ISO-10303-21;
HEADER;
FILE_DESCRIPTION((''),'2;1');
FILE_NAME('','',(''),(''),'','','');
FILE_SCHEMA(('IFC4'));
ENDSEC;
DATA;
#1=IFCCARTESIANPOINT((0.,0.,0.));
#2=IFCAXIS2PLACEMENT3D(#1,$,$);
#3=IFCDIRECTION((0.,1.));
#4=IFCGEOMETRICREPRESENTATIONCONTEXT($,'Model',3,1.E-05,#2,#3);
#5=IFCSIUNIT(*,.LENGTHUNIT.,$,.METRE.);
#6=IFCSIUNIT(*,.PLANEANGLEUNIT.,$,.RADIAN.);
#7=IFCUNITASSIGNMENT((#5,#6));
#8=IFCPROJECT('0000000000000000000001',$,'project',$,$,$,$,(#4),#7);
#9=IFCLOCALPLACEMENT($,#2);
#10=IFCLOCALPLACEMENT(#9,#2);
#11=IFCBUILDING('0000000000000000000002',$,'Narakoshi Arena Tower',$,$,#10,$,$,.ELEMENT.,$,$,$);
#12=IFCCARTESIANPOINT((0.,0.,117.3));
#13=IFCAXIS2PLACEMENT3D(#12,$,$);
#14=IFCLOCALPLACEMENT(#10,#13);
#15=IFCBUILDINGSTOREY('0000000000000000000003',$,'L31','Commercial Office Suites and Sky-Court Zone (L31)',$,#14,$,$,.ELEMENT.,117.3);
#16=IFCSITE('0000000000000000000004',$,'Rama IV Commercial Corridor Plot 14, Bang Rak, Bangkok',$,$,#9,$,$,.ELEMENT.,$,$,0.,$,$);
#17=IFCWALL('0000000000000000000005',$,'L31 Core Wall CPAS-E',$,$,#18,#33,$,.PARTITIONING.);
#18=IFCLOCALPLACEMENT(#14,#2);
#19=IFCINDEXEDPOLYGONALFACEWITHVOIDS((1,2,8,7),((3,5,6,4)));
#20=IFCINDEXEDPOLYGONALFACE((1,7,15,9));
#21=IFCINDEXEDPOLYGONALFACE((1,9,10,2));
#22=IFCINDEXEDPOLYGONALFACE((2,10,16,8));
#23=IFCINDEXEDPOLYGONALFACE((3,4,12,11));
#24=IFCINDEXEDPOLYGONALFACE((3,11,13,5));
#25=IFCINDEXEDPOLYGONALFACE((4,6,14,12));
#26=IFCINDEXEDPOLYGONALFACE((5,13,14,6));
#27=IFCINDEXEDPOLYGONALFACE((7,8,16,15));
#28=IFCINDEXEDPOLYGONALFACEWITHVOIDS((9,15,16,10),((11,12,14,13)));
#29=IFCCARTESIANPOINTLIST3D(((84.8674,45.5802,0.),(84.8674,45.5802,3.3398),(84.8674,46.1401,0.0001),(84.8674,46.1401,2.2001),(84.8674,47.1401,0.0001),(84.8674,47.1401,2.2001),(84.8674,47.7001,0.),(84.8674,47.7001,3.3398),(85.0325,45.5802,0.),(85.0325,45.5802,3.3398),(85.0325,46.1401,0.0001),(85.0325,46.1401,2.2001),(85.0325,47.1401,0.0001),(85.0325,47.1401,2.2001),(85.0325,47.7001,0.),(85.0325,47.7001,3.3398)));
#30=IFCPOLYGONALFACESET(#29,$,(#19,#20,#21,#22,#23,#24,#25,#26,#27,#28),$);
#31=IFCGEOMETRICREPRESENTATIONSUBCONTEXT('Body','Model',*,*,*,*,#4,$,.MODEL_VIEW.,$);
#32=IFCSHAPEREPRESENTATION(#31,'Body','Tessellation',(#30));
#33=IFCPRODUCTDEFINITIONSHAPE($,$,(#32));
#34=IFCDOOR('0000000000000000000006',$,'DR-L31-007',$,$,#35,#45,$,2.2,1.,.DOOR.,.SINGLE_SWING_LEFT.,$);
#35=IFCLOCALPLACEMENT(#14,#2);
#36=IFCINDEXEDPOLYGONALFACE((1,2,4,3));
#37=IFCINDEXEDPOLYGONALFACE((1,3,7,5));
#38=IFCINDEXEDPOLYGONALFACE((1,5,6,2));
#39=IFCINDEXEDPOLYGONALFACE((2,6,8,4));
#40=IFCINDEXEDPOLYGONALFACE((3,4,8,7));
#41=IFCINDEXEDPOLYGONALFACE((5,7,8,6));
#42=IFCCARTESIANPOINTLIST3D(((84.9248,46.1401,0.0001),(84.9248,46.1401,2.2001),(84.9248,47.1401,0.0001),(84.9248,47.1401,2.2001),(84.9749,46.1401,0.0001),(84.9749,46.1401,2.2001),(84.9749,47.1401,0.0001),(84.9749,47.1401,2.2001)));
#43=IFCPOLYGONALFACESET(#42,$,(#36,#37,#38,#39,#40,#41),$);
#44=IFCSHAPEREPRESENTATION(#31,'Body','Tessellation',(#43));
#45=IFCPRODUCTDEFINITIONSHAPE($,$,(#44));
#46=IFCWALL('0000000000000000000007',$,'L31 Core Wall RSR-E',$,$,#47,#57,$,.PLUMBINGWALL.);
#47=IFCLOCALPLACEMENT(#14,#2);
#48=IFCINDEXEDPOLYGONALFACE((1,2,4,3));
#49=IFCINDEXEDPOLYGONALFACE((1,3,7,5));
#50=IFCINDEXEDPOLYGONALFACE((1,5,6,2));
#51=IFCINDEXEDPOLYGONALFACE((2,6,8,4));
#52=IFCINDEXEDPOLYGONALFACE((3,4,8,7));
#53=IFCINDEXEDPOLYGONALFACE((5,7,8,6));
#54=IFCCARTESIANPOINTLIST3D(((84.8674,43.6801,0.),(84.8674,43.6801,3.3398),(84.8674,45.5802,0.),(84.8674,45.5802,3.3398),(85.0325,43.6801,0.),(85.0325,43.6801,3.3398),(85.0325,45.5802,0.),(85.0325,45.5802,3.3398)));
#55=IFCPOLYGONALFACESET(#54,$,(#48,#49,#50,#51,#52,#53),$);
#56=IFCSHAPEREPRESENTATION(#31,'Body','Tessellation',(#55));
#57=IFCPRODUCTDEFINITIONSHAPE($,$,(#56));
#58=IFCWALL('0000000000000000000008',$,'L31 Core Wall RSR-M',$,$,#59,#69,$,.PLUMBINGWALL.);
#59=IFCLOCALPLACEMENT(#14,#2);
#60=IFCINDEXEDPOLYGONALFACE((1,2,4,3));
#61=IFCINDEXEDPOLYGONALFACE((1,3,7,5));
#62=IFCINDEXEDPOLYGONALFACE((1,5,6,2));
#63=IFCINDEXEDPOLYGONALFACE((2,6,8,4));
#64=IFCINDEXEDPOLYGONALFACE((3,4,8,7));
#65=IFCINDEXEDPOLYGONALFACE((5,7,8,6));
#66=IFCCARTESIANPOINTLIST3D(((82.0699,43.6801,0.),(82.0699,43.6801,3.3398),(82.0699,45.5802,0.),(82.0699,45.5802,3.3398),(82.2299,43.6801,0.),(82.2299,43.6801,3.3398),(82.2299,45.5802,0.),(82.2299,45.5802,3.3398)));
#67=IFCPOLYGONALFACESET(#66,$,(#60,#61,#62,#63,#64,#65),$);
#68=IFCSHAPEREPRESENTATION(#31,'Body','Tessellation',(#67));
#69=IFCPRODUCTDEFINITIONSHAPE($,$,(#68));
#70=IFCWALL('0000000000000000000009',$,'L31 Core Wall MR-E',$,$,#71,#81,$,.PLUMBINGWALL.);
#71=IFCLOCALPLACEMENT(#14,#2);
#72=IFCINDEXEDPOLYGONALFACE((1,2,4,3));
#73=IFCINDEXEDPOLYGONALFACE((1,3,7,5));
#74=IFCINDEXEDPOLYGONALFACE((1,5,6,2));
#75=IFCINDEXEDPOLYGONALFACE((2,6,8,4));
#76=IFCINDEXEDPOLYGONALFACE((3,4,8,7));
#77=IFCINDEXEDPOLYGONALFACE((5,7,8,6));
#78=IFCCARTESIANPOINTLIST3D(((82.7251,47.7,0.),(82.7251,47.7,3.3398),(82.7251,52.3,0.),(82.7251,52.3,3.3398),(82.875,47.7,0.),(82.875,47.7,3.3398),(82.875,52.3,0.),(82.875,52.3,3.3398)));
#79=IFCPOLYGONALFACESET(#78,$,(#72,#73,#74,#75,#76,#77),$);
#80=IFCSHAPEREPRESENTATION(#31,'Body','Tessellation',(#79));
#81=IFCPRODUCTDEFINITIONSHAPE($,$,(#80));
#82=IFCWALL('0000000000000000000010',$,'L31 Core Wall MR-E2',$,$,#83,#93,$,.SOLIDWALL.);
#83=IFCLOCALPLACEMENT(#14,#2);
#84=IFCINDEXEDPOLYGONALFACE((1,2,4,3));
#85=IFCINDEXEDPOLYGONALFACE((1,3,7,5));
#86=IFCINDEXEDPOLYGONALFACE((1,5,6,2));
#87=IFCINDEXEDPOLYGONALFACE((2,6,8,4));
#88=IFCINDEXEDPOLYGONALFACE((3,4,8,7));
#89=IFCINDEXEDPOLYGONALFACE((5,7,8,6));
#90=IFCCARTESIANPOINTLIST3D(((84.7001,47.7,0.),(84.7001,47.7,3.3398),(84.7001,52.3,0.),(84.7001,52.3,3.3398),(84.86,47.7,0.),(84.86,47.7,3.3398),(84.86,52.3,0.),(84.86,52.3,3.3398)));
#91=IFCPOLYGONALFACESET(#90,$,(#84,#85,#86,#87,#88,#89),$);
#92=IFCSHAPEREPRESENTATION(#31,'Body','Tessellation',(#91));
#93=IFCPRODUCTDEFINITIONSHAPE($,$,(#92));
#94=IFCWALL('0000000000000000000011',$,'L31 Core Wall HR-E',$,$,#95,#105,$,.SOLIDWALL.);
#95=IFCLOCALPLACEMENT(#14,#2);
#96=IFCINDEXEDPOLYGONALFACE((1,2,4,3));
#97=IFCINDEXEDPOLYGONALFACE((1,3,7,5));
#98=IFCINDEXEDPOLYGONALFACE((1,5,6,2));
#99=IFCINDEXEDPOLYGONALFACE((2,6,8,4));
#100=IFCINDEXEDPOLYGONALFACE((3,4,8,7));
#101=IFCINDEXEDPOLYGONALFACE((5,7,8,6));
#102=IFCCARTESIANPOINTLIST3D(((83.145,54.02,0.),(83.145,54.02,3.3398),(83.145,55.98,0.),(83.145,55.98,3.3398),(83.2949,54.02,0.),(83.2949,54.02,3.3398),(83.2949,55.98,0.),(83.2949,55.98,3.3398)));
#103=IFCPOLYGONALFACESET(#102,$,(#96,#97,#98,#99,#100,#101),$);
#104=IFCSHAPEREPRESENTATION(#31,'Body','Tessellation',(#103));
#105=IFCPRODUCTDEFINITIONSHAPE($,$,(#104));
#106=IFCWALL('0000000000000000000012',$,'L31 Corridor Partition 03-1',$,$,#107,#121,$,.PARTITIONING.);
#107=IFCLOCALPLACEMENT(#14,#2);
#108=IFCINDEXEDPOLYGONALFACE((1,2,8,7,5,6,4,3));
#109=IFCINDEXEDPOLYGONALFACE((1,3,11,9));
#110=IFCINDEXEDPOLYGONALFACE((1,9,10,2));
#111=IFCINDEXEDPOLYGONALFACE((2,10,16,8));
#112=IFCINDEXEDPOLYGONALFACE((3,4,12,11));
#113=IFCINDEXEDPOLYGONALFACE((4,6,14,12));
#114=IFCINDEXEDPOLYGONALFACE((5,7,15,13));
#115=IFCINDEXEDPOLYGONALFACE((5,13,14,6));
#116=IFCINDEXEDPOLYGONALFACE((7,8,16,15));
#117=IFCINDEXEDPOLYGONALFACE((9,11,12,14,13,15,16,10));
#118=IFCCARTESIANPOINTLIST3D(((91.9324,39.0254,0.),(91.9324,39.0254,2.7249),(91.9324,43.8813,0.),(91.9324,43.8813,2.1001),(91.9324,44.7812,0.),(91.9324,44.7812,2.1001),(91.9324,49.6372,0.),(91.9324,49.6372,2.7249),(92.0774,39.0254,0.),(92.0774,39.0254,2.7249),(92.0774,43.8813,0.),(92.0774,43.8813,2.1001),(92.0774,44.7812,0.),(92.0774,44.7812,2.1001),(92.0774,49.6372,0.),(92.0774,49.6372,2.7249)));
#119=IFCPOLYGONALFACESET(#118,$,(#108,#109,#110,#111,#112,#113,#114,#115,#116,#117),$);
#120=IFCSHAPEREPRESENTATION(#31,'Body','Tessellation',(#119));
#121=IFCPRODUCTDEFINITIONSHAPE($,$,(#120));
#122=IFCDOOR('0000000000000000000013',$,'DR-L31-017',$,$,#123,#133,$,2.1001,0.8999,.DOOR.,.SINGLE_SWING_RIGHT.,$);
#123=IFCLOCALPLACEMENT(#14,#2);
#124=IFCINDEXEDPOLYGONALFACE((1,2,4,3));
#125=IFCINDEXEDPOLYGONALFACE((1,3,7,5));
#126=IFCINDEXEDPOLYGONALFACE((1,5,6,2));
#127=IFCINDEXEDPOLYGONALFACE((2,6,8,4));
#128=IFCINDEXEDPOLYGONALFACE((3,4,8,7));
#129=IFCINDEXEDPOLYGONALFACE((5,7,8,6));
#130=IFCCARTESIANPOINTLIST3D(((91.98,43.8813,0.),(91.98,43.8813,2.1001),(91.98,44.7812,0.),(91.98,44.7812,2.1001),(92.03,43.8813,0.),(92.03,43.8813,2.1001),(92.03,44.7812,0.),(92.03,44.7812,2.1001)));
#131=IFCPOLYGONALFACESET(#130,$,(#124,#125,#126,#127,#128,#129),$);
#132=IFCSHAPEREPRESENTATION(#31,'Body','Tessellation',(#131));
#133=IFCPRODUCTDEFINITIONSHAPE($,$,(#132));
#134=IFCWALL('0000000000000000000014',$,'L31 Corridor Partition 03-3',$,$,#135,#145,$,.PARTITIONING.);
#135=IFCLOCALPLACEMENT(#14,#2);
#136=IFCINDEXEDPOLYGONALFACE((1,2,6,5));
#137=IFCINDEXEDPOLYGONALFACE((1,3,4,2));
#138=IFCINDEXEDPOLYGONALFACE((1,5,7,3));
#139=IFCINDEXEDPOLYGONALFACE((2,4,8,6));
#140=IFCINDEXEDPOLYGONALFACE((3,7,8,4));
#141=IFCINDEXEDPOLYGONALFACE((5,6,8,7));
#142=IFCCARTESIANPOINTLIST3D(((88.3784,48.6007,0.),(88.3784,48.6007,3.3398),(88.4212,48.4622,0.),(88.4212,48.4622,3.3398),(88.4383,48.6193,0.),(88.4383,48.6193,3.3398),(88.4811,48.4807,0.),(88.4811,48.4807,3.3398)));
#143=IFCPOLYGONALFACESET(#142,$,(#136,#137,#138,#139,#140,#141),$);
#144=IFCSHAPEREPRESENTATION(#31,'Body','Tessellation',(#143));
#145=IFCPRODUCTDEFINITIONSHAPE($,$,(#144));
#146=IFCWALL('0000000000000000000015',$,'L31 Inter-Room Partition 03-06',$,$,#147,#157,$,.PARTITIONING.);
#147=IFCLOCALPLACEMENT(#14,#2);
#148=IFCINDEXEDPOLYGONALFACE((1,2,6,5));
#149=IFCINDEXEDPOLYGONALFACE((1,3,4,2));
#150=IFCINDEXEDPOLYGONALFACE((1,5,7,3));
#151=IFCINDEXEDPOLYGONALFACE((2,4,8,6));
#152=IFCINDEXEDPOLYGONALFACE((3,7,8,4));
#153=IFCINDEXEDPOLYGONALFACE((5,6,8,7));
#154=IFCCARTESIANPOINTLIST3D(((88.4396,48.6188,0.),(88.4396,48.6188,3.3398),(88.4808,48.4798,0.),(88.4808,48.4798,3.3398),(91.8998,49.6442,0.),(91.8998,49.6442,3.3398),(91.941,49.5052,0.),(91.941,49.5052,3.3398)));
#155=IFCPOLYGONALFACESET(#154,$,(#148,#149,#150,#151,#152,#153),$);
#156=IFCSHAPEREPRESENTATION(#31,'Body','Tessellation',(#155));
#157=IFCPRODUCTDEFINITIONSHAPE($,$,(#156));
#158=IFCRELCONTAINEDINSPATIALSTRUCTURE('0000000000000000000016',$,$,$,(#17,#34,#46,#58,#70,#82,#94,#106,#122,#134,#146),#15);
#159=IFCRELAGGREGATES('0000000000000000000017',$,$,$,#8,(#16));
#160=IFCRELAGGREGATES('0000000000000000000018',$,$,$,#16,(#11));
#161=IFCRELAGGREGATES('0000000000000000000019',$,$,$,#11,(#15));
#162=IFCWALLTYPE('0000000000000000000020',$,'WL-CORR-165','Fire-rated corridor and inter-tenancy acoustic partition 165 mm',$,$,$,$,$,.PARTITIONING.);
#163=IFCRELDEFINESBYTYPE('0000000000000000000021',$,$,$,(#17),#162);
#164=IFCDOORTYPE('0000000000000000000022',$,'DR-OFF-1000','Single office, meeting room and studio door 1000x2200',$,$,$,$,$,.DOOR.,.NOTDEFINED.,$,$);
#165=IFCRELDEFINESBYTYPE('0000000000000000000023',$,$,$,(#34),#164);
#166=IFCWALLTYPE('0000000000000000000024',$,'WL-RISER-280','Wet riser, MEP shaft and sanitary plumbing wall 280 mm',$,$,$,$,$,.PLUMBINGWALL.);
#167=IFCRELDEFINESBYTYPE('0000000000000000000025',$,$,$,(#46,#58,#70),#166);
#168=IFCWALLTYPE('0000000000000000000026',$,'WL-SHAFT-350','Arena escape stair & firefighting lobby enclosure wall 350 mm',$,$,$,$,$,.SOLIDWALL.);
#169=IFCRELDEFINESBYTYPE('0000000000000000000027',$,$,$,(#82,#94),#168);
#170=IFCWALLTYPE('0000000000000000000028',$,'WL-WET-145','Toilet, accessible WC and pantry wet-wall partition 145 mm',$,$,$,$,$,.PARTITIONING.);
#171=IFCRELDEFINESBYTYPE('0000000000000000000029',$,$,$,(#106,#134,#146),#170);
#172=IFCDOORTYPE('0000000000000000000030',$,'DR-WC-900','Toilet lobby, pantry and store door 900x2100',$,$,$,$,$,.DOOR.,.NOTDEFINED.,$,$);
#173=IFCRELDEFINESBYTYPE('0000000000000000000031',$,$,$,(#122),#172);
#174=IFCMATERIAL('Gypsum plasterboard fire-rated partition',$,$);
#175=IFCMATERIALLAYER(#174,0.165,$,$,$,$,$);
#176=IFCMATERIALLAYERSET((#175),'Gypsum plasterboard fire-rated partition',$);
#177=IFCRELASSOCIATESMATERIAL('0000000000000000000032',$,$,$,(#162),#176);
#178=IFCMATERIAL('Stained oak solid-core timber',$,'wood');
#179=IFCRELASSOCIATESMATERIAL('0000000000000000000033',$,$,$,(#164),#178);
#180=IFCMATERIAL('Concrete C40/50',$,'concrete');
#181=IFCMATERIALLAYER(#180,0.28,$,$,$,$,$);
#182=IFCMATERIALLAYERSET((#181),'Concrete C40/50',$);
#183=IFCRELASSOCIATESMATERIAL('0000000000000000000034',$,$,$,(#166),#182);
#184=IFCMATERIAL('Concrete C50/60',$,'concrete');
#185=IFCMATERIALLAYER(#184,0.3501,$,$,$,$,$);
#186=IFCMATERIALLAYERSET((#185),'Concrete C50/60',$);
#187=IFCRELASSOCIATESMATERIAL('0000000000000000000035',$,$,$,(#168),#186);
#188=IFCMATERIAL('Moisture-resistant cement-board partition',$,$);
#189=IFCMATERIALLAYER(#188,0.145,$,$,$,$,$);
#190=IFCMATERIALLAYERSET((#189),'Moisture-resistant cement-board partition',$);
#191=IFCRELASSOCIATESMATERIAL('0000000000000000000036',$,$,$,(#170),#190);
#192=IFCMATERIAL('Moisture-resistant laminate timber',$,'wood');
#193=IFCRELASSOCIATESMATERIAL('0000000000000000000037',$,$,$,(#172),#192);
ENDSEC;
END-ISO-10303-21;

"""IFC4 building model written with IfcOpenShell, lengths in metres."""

from ifc_helpers import new_model, si_unit, direction, frame, frame_2d, origin, place, context, subcontext, project, spatial, rectangle, extrude, material, layer, layer_set, type_object, element, fill, save


model = new_model("IFC4")

# Units and contexts
model_context = context("Model", 3, precision=1e-05, world=origin(), true_north=direction((0.0, 1.0)))
body_context = subcontext(model_context, "Body", "Model", "MODEL_VIEW")
ifc_project = project(units=[si_unit("LENGTHUNIT", "METRE"), si_unit("PLANEANGLEUNIT", "RADIAN")], contexts=[model_context])

# Site, building, storey
site_placement = place(None, origin())
site = spatial("IfcSite", under=ifc_project, at=site_placement, Name="Rama IV Commercial Corridor Plot 14, Bang Rak, Bangkok", CompositionType="ELEMENT", RefElevation=0.0)
building_placement = place(site_placement, origin())
building = spatial("IfcBuilding", under=site, at=building_placement, Name="Narakoshi Arena Tower", CompositionType="ELEMENT")
storey_placement = place(building_placement, frame((0.0, 0.0, 117.3)))
storey = spatial("IfcBuildingStorey", under=building, at=storey_placement, Name="L31", Description="Commercial Office Suites and Sky-Court Zone (L31)", CompositionType="ELEMENT", Elevation=117.3)

# Wall, opening, door
ifc_material_1 = material(Name="Gypsum plasterboard fire-rated partition")
ifc_layer_1 = layer(ifc_material_1, 0.165)
ifc_layer_set_1 = layer_set([ifc_layer_1], Name="Gypsum plasterboard fire-rated partition")
wall_type_1 = type_object("IfcWallType", Name="WL-CORR-165", Description="Fire-rated corridor and inter-tenancy acoustic partition 165 mm", PredefinedType="PARTITIONING", material=ifc_layer_set_1)
wall_1_placement = place(storey_placement, frame((84.95, 45.5801, 0.0), z_axis=(0.0, 0.0, 1.0), x_axis=(0.0, 1.0, 0.0)))
wall_1 = element("IfcWall", 1, at=wall_1_placement, inside=storey, type_object=wall_type_1, Name="L31 Core Wall CPAS-E", PredefinedType="PARTITIONING", context=body_context, shape_type="SweptSolid", body=[
    extrude(rectangle(XDim=2.1199, YDim=0.165, at=frame_2d((1.0601, 0.0))), origin(), (0.0, 0.0, 1.0), 3.3398),
])
opening_1_placement = place(wall_1_placement, frame((0.5601, 0.0, 0.0)))
opening_1 = element("IfcOpeningElement", 2, at=opening_1_placement, cuts=wall_1, PredefinedType="OPENING", context=body_context, shape_type="SweptSolid", body=[
    extrude(rectangle(XDim=1.0, YDim=2.2, at=frame_2d((0.5, 1.1001))), frame((0.0, 0.0925, 0.0), z_axis=(0.0, -1.0, 0.0), x_axis=(1.0, 0.0, 0.0)), (0.0, 0.0, 1.0), 0.1851),
])
ifc_material_2 = material(Name="Stained oak solid-core timber", Category="wood")
door_type_1 = type_object("IfcDoorType", Name="DR-OFF-1000", Description="Single office, meeting room and studio door 1000x2200", OperationType="NOTDEFINED", PredefinedType="DOOR", material=ifc_material_2)
door_1_placement = place(opening_1_placement, frame((1.0, 0.0, 0.0), z_axis=(0.0, 0.0, 1.0), x_axis=(-1.0, 0.0, 0.0)))
door_1 = element("IfcDoor", 3, at=door_1_placement, inside=storey, type_object=door_type_1, Name="DR-L31-007", OperationType="SINGLE_SWING_LEFT", OverallHeight=2.2, OverallWidth=1.0, PredefinedType="DOOR", context=body_context, shape_type="SweptSolid", body=[
    extrude(rectangle(XDim=1.0, YDim=2.2, at=frame_2d((0.5, 1.1001))), frame((0.0, 0.0249, 0.0), z_axis=(0.0, -1.0, 0.0), x_axis=(1.0, 0.0, 0.0)), (0.0, 0.0, 1.0), 0.05),
])
fill(opening_1, door_1)

# Walls
ifc_material_3 = material(Name="Concrete C40/50", Category="concrete")
ifc_layer_2 = layer(ifc_material_3, 0.28)
ifc_layer_set_2 = layer_set([ifc_layer_2], Name="Concrete C40/50")
wall_type_2 = type_object("IfcWallType", Name="WL-RISER-280", Description="Wet riser, MEP shaft and sanitary plumbing wall 280 mm", PredefinedType="PLUMBINGWALL", material=ifc_layer_set_2)
wall_2_placement = place(storey_placement, frame((84.95, 43.6799, 0.0), z_axis=(0.0, 0.0, 1.0), x_axis=(0.0, 1.0, 0.0)))
element("IfcWall", 4, at=wall_2_placement, inside=storey, type_object=wall_type_2, Name="L31 Core Wall RSR-E", PredefinedType="PLUMBINGWALL", context=body_context, shape_type="SweptSolid", body=[
    extrude(rectangle(XDim=1.9001, YDim=0.165, at=frame_2d((0.9502, 0.0))), origin(), (0.0, 0.0, 1.0), 3.3398),
])
wall_3_placement = place(storey_placement, frame((82.1499, 43.6799, 0.0), z_axis=(0.0, 0.0, 1.0), x_axis=(0.0, 1.0, 0.0)))
element("IfcWall", 5, at=wall_3_placement, inside=storey, type_object=wall_type_2, Name="L31 Core Wall RSR-M", PredefinedType="PLUMBINGWALL", context=body_context, shape_type="SweptSolid", body=[
    extrude(rectangle(XDim=1.9001, YDim=0.1599, at=frame_2d((0.9502, 0.0))), origin(), (0.0, 0.0, 1.0), 3.3398),
])
wall_4_placement = place(storey_placement, frame((82.8, 47.7, 0.0), z_axis=(0.0, 0.0, 1.0), x_axis=(0.0, 1.0, 0.0)))
element("IfcWall", 6, at=wall_4_placement, inside=storey, type_object=wall_type_2, Name="L31 Core Wall MR-E", PredefinedType="PLUMBINGWALL", context=body_context, shape_type="SweptSolid", body=[
    extrude(rectangle(XDim=4.6001, YDim=0.1499, at=frame_2d((2.3, 0.0))), origin(), (0.0, 0.0, 1.0), 3.3398),
])
ifc_material_4 = material(Name="Concrete C50/60", Category="concrete")
ifc_layer_3 = layer(ifc_material_4, 0.3501)
ifc_layer_set_3 = layer_set([ifc_layer_3], Name="Concrete C50/60")
wall_type_3 = type_object("IfcWallType", Name="WL-SHAFT-350", Description="Arena escape stair & firefighting lobby enclosure wall 350 mm", PredefinedType="SOLIDWALL", material=ifc_layer_set_3)
wall_5_placement = place(storey_placement, frame((84.78, 47.7, 0.0), z_axis=(0.0, 0.0, 1.0), x_axis=(0.0, 1.0, 0.0)))
element("IfcWall", 7, at=wall_5_placement, inside=storey, type_object=wall_type_3, Name="L31 Core Wall MR-E2", PredefinedType="SOLIDWALL", context=body_context, shape_type="SweptSolid", body=[
    extrude(rectangle(XDim=4.6001, YDim=0.1599, at=frame_2d((2.3, 0.0))), origin(), (0.0, 0.0, 1.0), 3.3398),
])
wall_6_placement = place(storey_placement, frame((83.22, 54.02, 0.0), z_axis=(0.0, 0.0, 1.0), x_axis=(0.0, 1.0, 0.0)))
element("IfcWall", 8, at=wall_6_placement, inside=storey, type_object=wall_type_3, Name="L31 Core Wall HR-E", PredefinedType="SOLIDWALL", context=body_context, shape_type="SweptSolid", body=[
    extrude(rectangle(XDim=1.96, YDim=0.1499, at=frame_2d((0.98, 0.0))), origin(), (0.0, 0.0, 1.0), 3.3398),
])

# Wall, opening, door
ifc_material_5 = material(Name="Moisture-resistant cement-board partition")
ifc_layer_4 = layer(ifc_material_5, 0.145)
ifc_layer_set_4 = layer_set([ifc_layer_4], Name="Moisture-resistant cement-board partition")
wall_type_4 = type_object("IfcWallType", Name="WL-WET-145", Description="Toilet, accessible WC and pantry wet-wall partition 145 mm", PredefinedType="PARTITIONING", material=ifc_layer_set_4)
wall_7_placement = place(storey_placement, frame((92.0049, 49.6372, 0.0), z_axis=(0.0, 0.0, 1.0), x_axis=(0.0, -1.0, 0.0)))
wall_7 = element("IfcWall", 9, at=wall_7_placement, inside=storey, type_object=wall_type_4, Name="L31 Corridor Partition 03-1", PredefinedType="PARTITIONING", context=body_context, shape_type="SweptSolid", body=[
    extrude(rectangle(XDim=10.6118, YDim=0.145, at=frame_2d((5.3059, 0.0))), origin(), (0.0, 0.0, 1.0), 2.7249),
])
opening_2_placement = place(wall_7_placement, frame((4.856, 0.0, 0.0)))
opening_2 = element("IfcOpeningElement", 10, at=opening_2_placement, cuts=wall_7, PredefinedType="OPENING", context=body_context, shape_type="SweptSolid", body=[
    extrude(rectangle(XDim=0.8999, YDim=2.1001, at=frame_2d((0.45, 1.05))), frame((0.0, 0.0825, 0.0), z_axis=(0.0, -1.0, 0.0), x_axis=(1.0, 0.0, 0.0)), (0.0, 0.0, 1.0), 0.165),
])
ifc_material_6 = material(Name="Moisture-resistant laminate timber", Category="wood")
door_type_2 = type_object("IfcDoorType", Name="DR-WC-900", Description="Toilet lobby, pantry and store door 900x2100", OperationType="NOTDEFINED", PredefinedType="DOOR", material=ifc_material_6)
door_2_placement = place(opening_2_placement, frame((0.8999, 0.0, 0.0), z_axis=(0.0, 0.0, 1.0), x_axis=(-1.0, 0.0, 0.0)))
door_2 = element("IfcDoor", 11, at=door_2_placement, inside=storey, type_object=door_type_2, Name="DR-L31-017", OperationType="SINGLE_SWING_RIGHT", OverallHeight=2.1001, OverallWidth=0.8999, PredefinedType="DOOR", context=body_context, shape_type="SweptSolid", body=[
    extrude(rectangle(XDim=0.8999, YDim=2.1001, at=frame_2d((0.45, 1.05))), frame((0.0, 0.0249, 0.0), z_axis=(0.0, -1.0, 0.0), x_axis=(1.0, 0.0, 0.0)), (0.0, 0.0, 1.0), 0.05),
])
fill(opening_2, door_2)

# Walls
wall_8_placement = place(storey_placement, frame((88.3999, 48.5315, 0.0), z_axis=(0.0, 0.0, 1.0), x_axis=(0.955442, 0.295177, 0.0)))
element("IfcWall", 12, at=wall_8_placement, inside=storey, type_object=wall_type_4, Name="L31 Corridor Partition 03-3", PredefinedType="PARTITIONING", context=body_context, shape_type="SweptSolid", body=[
    extrude(rectangle(XDim=0.0627, YDim=0.145, at=frame_2d((0.0312, 0.0))), origin(), (0.0, 0.0, 1.0), 3.3398),
])
wall_9_placement = place(storey_placement, frame((88.4602, 48.5493, 0.0), z_axis=(0.0, 0.0, 1.0), x_axis=(0.958787, 0.284125, 0.0)))
element("IfcWall", 13, at=wall_9_placement, inside=storey, type_object=wall_type_4, Name="L31 Inter-Room Partition 03-06", PredefinedType="PARTITIONING", context=body_context, shape_type="SweptSolid", body=[
    extrude(rectangle(XDim=3.6089, YDim=0.145, at=frame_2d((1.8044, 0.0))), origin(), (0.0, 0.0, 1.0), 3.3398),
])

save(model, "model.ifc")
